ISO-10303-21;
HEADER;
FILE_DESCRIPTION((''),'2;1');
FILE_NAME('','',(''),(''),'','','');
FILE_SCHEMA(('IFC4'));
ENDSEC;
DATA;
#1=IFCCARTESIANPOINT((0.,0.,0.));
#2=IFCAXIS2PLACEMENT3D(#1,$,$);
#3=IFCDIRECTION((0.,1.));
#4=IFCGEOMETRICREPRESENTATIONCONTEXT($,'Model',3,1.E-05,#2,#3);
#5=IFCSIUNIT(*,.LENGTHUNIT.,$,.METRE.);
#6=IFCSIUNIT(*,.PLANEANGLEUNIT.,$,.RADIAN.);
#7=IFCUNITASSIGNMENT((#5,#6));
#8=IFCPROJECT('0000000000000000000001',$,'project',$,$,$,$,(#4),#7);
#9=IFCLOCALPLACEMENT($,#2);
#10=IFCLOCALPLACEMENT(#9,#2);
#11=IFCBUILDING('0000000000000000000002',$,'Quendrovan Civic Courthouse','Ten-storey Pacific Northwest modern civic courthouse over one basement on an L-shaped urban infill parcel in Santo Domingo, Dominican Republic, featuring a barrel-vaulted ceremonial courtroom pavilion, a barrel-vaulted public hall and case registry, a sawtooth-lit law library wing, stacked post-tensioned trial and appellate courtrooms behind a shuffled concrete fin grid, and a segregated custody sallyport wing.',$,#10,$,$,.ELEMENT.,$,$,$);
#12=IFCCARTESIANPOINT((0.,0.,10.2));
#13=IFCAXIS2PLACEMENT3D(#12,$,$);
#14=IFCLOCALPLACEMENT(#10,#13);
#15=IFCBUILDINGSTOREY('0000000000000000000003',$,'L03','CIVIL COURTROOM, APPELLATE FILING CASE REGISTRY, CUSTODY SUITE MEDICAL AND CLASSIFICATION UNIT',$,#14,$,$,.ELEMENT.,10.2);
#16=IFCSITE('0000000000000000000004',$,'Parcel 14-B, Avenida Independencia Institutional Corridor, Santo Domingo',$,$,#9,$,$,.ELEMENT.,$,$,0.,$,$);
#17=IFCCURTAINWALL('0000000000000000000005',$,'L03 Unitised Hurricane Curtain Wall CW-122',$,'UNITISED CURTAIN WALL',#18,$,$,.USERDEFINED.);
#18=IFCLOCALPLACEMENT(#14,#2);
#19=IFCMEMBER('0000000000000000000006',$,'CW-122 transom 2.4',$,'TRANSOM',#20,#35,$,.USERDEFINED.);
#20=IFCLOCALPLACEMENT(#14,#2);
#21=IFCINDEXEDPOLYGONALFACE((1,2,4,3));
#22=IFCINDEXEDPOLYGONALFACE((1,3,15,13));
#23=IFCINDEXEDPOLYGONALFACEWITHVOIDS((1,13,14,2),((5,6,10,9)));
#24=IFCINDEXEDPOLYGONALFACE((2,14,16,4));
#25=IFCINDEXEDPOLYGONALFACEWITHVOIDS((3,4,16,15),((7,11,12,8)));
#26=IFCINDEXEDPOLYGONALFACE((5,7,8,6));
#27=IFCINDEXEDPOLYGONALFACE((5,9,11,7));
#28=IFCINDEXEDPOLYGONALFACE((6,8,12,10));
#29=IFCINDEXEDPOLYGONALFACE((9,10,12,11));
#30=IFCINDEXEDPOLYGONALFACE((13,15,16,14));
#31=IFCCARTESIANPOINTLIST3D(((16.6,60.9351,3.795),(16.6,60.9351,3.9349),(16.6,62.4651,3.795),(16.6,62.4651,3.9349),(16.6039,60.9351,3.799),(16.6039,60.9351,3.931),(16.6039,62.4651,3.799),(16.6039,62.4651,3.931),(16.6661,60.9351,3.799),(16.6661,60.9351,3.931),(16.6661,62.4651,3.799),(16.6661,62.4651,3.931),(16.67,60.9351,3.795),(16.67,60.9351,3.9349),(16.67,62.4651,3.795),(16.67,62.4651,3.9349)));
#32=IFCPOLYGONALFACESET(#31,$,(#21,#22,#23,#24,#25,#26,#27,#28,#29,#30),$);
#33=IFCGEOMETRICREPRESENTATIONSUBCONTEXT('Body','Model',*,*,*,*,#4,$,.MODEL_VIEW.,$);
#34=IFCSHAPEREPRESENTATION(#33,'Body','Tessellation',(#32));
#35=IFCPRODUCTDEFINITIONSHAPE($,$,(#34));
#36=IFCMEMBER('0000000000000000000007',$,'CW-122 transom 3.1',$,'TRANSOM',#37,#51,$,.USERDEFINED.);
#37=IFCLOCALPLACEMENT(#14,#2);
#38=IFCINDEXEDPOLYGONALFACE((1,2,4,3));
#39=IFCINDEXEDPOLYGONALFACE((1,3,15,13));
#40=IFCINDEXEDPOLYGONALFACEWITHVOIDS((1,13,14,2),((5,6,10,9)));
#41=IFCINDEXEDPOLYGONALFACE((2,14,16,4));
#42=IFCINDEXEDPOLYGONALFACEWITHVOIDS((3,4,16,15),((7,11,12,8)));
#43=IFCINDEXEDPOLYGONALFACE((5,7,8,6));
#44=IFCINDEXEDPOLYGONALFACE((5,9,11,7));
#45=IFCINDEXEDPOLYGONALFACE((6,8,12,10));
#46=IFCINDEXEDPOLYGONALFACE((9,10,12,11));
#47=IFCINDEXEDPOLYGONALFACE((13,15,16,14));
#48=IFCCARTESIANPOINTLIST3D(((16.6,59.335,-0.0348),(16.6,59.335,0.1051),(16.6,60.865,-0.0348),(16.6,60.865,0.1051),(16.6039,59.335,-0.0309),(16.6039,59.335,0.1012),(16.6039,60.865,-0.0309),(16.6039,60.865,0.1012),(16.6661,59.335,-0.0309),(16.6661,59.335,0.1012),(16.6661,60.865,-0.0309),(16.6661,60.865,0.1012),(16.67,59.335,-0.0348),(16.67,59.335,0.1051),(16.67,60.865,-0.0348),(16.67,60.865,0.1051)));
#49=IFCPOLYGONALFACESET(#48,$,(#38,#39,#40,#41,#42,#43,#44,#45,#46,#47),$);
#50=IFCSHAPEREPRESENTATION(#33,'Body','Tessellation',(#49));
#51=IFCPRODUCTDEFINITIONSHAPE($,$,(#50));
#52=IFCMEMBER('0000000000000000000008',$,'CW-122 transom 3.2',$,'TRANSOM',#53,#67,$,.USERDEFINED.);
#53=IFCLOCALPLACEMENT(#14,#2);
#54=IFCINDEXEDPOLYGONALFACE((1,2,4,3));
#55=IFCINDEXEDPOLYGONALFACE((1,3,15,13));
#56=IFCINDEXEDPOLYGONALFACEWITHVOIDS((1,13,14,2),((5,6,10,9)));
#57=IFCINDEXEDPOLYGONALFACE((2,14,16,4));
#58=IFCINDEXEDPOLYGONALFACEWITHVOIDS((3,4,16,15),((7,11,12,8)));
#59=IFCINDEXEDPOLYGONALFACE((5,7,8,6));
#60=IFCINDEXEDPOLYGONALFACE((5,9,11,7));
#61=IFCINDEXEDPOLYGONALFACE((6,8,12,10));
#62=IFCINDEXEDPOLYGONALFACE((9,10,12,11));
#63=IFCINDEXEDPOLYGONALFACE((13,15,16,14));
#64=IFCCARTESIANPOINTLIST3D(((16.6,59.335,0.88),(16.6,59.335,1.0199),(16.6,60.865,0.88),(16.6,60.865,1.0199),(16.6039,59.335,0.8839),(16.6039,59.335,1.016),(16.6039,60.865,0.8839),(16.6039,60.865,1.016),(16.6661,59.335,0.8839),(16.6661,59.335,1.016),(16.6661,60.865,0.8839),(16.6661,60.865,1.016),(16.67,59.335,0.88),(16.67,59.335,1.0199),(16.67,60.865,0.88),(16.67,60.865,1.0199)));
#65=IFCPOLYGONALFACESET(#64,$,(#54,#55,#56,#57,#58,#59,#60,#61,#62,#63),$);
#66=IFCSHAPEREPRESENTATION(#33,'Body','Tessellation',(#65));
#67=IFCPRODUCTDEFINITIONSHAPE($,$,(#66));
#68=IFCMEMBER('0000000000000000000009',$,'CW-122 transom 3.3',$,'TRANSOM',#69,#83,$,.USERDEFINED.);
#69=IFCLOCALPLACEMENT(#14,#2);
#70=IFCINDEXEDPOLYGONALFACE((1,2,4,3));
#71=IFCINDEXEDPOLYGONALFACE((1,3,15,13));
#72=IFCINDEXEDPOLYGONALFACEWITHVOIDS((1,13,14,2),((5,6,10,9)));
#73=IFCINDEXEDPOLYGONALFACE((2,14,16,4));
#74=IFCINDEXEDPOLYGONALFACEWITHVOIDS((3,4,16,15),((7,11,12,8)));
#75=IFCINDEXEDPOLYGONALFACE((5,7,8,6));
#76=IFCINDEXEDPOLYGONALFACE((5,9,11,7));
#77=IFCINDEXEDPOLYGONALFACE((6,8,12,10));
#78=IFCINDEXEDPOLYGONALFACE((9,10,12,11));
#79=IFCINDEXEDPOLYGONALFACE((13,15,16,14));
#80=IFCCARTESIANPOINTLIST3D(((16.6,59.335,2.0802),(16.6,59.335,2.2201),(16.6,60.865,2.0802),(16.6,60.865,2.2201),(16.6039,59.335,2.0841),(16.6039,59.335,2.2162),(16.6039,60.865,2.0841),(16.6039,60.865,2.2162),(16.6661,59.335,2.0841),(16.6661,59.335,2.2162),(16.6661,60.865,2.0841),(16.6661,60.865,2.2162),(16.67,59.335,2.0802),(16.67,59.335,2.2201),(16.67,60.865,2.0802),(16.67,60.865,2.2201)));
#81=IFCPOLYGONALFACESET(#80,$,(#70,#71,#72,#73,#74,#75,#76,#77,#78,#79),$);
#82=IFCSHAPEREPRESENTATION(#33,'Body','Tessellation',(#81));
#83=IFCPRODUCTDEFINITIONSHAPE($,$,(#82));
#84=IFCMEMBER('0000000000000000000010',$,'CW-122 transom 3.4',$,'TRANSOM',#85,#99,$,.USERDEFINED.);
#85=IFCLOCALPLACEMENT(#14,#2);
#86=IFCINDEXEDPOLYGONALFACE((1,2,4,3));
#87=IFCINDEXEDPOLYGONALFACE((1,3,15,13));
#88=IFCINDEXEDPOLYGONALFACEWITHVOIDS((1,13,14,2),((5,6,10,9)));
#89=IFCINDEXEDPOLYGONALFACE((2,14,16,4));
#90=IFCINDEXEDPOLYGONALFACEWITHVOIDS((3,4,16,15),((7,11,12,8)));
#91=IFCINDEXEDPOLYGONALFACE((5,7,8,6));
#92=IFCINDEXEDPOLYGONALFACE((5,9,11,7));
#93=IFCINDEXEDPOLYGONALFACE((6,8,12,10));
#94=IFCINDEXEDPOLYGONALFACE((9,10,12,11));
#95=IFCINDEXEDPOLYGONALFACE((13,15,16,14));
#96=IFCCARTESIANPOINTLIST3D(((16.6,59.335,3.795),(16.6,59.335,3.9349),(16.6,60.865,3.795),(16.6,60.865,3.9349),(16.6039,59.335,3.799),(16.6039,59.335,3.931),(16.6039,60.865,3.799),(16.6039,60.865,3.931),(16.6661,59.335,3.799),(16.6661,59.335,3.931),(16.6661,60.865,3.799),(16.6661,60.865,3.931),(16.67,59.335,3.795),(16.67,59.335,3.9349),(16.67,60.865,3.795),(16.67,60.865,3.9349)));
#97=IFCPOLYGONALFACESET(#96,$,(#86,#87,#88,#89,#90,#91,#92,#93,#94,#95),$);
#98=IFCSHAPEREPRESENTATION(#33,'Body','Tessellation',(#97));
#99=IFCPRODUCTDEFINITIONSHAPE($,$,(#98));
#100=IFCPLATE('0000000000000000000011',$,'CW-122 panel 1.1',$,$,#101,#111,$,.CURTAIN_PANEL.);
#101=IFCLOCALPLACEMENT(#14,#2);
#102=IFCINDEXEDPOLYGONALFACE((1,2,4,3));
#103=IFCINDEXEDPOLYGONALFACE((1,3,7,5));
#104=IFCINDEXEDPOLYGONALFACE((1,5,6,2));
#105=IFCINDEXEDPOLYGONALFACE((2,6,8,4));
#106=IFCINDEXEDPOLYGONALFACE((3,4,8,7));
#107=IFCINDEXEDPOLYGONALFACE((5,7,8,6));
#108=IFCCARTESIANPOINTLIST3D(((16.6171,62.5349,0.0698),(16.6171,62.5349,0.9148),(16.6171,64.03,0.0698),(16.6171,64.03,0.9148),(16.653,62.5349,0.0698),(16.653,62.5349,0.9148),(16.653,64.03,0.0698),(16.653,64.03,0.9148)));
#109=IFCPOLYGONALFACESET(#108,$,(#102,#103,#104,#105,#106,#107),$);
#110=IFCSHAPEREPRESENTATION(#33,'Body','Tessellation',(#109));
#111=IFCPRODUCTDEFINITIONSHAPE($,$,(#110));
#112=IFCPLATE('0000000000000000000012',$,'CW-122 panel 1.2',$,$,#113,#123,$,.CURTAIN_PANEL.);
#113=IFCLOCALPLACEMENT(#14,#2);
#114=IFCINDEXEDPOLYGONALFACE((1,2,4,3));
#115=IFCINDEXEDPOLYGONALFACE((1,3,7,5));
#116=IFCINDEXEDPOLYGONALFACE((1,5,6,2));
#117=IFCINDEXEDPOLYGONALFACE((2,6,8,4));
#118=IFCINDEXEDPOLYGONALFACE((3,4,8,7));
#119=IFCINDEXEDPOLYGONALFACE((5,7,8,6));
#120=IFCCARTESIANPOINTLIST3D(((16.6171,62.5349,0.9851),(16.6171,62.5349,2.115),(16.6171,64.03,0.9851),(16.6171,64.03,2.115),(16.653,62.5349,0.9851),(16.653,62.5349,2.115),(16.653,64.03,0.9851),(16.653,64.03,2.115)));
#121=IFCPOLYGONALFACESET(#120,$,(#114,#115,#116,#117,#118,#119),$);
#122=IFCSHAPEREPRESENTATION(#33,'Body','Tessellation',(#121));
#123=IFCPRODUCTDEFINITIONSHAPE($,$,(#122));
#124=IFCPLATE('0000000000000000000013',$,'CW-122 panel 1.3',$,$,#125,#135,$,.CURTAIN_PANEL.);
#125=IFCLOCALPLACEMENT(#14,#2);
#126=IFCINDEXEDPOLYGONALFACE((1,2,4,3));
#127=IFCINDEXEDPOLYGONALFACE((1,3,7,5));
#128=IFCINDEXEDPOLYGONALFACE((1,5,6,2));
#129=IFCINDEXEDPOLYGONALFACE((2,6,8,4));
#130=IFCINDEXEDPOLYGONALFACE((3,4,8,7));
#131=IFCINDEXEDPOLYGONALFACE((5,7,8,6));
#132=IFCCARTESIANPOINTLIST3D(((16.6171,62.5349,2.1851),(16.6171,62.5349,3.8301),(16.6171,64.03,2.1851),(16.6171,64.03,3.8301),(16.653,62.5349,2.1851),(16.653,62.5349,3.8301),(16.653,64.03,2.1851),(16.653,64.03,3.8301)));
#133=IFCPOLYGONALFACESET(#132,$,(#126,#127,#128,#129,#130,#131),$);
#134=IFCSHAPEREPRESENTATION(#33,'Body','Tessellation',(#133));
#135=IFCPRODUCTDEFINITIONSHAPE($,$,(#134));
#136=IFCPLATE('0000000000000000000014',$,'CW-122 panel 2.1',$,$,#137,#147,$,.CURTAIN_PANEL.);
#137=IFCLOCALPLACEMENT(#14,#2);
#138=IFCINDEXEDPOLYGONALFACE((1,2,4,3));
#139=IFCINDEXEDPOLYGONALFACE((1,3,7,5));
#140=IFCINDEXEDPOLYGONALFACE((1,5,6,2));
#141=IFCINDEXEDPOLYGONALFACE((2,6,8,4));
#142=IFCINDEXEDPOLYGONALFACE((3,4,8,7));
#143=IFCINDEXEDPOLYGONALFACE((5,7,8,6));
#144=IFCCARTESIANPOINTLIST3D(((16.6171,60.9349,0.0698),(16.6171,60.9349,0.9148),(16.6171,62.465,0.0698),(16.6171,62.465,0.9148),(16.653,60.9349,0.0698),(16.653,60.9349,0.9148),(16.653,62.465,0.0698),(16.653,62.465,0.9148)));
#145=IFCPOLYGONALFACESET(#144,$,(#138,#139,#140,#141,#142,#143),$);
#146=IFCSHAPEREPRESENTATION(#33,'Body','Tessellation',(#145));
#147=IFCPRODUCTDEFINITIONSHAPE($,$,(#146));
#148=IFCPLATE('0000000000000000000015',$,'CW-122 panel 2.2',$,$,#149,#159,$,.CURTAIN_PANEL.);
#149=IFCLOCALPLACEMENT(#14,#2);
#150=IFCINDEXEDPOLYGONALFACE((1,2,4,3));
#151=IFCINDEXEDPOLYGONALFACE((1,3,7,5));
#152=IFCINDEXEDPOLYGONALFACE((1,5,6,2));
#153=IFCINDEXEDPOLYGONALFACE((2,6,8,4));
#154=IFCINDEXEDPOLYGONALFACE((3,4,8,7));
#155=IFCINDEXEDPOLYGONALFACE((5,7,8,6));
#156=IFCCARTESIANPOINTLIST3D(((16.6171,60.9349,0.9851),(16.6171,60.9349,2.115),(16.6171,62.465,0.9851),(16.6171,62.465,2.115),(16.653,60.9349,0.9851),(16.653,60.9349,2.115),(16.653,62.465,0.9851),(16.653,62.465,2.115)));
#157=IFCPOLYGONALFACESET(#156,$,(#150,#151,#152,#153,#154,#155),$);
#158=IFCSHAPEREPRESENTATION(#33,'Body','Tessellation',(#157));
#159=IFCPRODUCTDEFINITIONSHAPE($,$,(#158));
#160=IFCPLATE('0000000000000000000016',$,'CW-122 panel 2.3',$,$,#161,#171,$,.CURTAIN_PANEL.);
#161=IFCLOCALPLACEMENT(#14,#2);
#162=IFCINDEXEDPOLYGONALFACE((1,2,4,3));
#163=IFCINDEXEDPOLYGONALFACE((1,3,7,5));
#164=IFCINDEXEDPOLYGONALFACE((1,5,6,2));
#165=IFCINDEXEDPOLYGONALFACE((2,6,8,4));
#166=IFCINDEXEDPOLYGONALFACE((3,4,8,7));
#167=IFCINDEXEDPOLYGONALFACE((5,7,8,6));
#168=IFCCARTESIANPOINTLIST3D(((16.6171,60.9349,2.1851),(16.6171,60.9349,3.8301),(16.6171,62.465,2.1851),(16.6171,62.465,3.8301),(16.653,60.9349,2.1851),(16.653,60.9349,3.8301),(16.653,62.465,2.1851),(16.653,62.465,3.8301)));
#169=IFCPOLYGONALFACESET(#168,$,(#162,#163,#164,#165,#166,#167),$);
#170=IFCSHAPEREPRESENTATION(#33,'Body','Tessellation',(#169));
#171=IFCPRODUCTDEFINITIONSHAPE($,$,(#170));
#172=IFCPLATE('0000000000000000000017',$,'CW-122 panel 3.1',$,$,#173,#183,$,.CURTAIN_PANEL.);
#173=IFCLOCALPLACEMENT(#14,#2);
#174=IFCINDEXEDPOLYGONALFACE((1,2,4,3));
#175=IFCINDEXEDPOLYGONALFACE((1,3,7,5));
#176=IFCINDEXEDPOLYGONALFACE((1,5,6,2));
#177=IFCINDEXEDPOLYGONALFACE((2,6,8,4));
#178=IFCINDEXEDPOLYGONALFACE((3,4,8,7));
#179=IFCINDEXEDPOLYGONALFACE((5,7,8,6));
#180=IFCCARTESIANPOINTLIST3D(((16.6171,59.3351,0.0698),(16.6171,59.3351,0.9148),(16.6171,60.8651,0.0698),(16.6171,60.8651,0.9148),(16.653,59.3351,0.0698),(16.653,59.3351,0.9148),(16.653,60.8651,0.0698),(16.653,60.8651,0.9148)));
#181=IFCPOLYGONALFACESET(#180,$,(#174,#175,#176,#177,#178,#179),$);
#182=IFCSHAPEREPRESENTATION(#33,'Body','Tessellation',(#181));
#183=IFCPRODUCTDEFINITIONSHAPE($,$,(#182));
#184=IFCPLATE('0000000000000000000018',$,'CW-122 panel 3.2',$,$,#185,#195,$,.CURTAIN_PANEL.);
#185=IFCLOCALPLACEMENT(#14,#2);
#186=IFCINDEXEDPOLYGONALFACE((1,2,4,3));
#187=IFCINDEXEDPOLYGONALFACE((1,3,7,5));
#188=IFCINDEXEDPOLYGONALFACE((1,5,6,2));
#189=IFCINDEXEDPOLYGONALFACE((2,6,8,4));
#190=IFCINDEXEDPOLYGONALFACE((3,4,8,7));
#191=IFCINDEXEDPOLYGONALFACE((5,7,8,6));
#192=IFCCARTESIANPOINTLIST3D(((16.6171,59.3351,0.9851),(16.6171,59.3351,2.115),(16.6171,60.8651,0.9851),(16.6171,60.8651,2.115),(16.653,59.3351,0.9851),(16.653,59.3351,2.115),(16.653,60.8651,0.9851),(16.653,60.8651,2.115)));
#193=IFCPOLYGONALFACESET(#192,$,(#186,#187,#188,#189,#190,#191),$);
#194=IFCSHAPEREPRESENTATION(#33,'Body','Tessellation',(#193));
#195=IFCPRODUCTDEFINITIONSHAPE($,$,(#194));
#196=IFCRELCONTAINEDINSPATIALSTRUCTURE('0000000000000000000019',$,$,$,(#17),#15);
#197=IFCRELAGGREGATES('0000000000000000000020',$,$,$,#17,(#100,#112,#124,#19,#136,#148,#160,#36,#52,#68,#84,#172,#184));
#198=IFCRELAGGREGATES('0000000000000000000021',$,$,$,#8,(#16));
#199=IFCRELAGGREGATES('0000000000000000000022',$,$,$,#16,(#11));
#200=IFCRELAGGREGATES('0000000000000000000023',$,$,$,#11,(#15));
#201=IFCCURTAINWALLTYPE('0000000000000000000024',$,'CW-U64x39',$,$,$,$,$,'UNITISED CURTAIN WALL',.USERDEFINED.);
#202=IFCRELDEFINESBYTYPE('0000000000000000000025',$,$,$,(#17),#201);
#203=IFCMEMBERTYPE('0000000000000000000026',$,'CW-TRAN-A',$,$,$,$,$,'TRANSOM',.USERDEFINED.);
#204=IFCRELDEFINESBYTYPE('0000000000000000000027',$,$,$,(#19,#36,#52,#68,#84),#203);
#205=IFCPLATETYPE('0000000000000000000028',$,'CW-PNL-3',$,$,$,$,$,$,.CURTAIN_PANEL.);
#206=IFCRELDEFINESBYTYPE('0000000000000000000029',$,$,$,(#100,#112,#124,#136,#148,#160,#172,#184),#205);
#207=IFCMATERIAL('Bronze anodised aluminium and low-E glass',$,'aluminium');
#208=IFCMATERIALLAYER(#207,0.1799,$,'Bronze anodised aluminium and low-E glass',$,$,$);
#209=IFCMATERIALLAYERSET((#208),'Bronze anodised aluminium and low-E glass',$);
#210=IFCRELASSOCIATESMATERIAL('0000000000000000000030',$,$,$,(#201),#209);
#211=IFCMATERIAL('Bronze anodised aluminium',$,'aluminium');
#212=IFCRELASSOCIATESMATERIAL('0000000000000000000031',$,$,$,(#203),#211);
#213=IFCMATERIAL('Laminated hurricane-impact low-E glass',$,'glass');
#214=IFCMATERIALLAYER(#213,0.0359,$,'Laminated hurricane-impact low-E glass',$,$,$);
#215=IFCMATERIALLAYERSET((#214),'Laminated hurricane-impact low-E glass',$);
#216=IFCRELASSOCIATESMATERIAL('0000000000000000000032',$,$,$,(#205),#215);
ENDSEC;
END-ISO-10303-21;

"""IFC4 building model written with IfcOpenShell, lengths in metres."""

from ifc_helpers import new_model, si_unit, direction, frame, origin, origin_2d, place, context, subcontext, project, spatial, rectangle, hollow_rectangle, extrude, material, layer, layer_set, material_profile, profile_set, type_object, element, aggregate, save


model = new_model("IFC4")

# Units and contexts
model_context = context("Model", 3, precision=1e-05, world=origin(), true_north=direction((0.0, 1.0)))
body_context = subcontext(model_context, "Body", "Model", "MODEL_VIEW")
ifc_project = project(units=[si_unit("LENGTHUNIT", "METRE"), si_unit("PLANEANGLEUNIT", "RADIAN")], contexts=[model_context])

# Site, building, storey
site_placement = place(None, origin())
site = spatial("IfcSite", under=ifc_project, at=site_placement, Name="Parcel 14-B, Avenida Independencia Institutional Corridor, Santo Domingo", CompositionType="ELEMENT", RefElevation=0.0)
building_placement = place(site_placement, origin())
building = spatial("IfcBuilding", under=site, at=building_placement, Name="Quendrovan Civic Courthouse", Description="Ten-storey Pacific Northwest modern civic courthouse over one basement on an L-shaped urban infill parcel in Santo Domingo, Dominican Republic, featuring a barrel-vaulted ceremonial courtroom pavilion, a barrel-vaulted public hall and case registry, a sawtooth-lit law library wing, stacked post-tensioned trial and appellate courtrooms behind a shuffled concrete fin grid, and a segregated custody sallyport wing.", CompositionType="ELEMENT")
storey_placement = place(building_placement, frame((0.0, 0.0, 10.2)))
storey = spatial("IfcBuildingStorey", under=building, at=storey_placement, Name="L03", Description="CIVIL COURTROOM, APPELLATE FILING CASE REGISTRY, CUSTODY SUITE MEDICAL AND CLASSIFICATION UNIT", CompositionType="ELEMENT", Elevation=10.2)

# Curtain wall, members, plates
ifc_material_1 = material(Name="Bronze anodised aluminium and low-E glass", Category="aluminium")
ifc_layer_1 = layer(ifc_material_1, 0.1799, Name="Bronze anodised aluminium and low-E glass")
ifc_layer_set_1 = layer_set([ifc_layer_1], Name="Bronze anodised aluminium and low-E glass")
curtain_wall_type = type_object("IfcCurtainWallType", Name="CW-U64x39", ElementType="UNITISED CURTAIN WALL", PredefinedType="USERDEFINED", material=ifc_layer_set_1)
curtain_wall_placement = place(storey_placement, origin())
curtain_wall = element("IfcCurtainWall", 1, at=curtain_wall_placement, inside=storey, type_object=curtain_wall_type, Name="L03 Unitised Hurricane Curtain Wall CW-122", ObjectType="UNITISED CURTAIN WALL", PredefinedType="USERDEFINED")
ifc_material_2 = material(Name="Bronze anodised aluminium", Category="aluminium")
ifc_material_profile_1 = material_profile(ifc_material_2, hollow_rectangle(XDim=0.0701, YDim=0.1399, WallThickness=0.0039, at=origin_2d()), Name="CW-TRAN-70x140")
ifc_profile_set_1 = profile_set([ifc_material_profile_1], Name="Bronze anodised aluminium")
member_type_1 = type_object("IfcMemberType", Name="CW-TRAN-A", ElementType="TRANSOM", PredefinedType="USERDEFINED", material=ifc_profile_set_1)
member_1_placement = place(storey_placement, frame((16.635, 62.4651, 3.865), z_axis=(0.0, -1.0, 0.0), x_axis=(1.0, 0.0, 0.0)))
member_1 = element("IfcMember", 2, at=member_1_placement, type_object=member_type_1, Name="CW-122 transom 2.4", ObjectType="TRANSOM", PredefinedType="USERDEFINED", context=body_context, shape_type="SweptSolid", body=[
    extrude(hollow_rectangle(XDim=0.0701, YDim=0.1399, WallThickness=0.0039, at=origin_2d()), origin(), (0.0, 0.0, 1.0), 1.53),
])
member_2_placement = place(storey_placement, frame((16.635, 60.865, 0.0352), z_axis=(0.0, -1.0, 0.0), x_axis=(1.0, 0.0, 0.0)))
member_2 = element("IfcMember", 3, at=member_2_placement, type_object=member_type_1, Name="CW-122 transom 3.1", ObjectType="TRANSOM", PredefinedType="USERDEFINED", context=body_context, shape_type="SweptSolid", body=[
    extrude(hollow_rectangle(XDim=0.0701, YDim=0.1399, WallThickness=0.0039, at=origin_2d()), origin(), (0.0, 0.0, 1.0), 1.53),
])
member_3_placement = place(storey_placement, frame((16.635, 60.865, 0.95), z_axis=(0.0, -1.0, 0.0), x_axis=(1.0, 0.0, 0.0)))
member_3 = element("IfcMember", 4, at=member_3_placement, type_object=member_type_1, Name="CW-122 transom 3.2", ObjectType="TRANSOM", PredefinedType="USERDEFINED", context=body_context, shape_type="SweptSolid", body=[
    extrude(hollow_rectangle(XDim=0.0701, YDim=0.1399, WallThickness=0.0039, at=origin_2d()), origin(), (0.0, 0.0, 1.0), 1.53),
])
member_4_placement = place(storey_placement, frame((16.635, 60.865, 2.1501), z_axis=(0.0, -1.0, 0.0), x_axis=(1.0, 0.0, 0.0)))
member_4 = element("IfcMember", 5, at=member_4_placement, type_object=member_type_1, Name="CW-122 transom 3.3", ObjectType="TRANSOM", PredefinedType="USERDEFINED", context=body_context, shape_type="SweptSolid", body=[
    extrude(hollow_rectangle(XDim=0.0701, YDim=0.1399, WallThickness=0.0039, at=origin_2d()), origin(), (0.0, 0.0, 1.0), 1.53),
])
member_5_placement = place(storey_placement, frame((16.635, 60.865, 3.865), z_axis=(0.0, -1.0, 0.0), x_axis=(1.0, 0.0, 0.0)))
member_5 = element("IfcMember", 6, at=member_5_placement, type_object=member_type_1, Name="CW-122 transom 3.4", ObjectType="TRANSOM", PredefinedType="USERDEFINED", context=body_context, shape_type="SweptSolid", body=[
    extrude(hollow_rectangle(XDim=0.0701, YDim=0.1399, WallThickness=0.0039, at=origin_2d()), origin(), (0.0, 0.0, 1.0), 1.53),
])
ifc_material_3 = material(Name="Laminated hurricane-impact low-E glass", Category="glass")
ifc_layer_2 = layer(ifc_material_3, 0.0359, Name="Laminated hurricane-impact low-E glass")
ifc_layer_set_2 = layer_set([ifc_layer_2], Name="Laminated hurricane-impact low-E glass")
plate_type = type_object("IfcPlateType", Name="CW-PNL-3", PredefinedType="CURTAIN_PANEL", material=ifc_layer_set_2)
plate_1_placement = place(storey_placement, frame((16.635, 63.2825, 0.0698), z_axis=(0.0, 0.0, 1.0), x_axis=(0.0, -1.0, 0.0)))
plate_1 = element("IfcPlate", 7, at=plate_1_placement, type_object=plate_type, Name="CW-122 panel 1.1", PredefinedType="CURTAIN_PANEL", context=body_context, shape_type="SweptSolid", body=[
    extrude(rectangle(XDim=1.4951, YDim=0.0359, at=origin_2d()), origin(), (0.0, 0.0, 1.0), 0.845),
])
plate_2_placement = place(storey_placement, frame((16.635, 63.2825, 0.9851), z_axis=(0.0, 0.0, 1.0), x_axis=(0.0, -1.0, 0.0)))
plate_2 = element("IfcPlate", 8, at=plate_2_placement, type_object=plate_type, Name="CW-122 panel 1.2", PredefinedType="CURTAIN_PANEL", context=body_context, shape_type="SweptSolid", body=[
    extrude(rectangle(XDim=1.4951, YDim=0.0359, at=origin_2d()), origin(), (0.0, 0.0, 1.0), 1.1299),
])
plate_3_placement = place(storey_placement, frame((16.635, 63.2825, 2.1851), z_axis=(0.0, 0.0, 1.0), x_axis=(0.0, -1.0, 0.0)))
plate_3 = element("IfcPlate", 9, at=plate_3_placement, type_object=plate_type, Name="CW-122 panel 1.3", PredefinedType="CURTAIN_PANEL", context=body_context, shape_type="SweptSolid", body=[
    extrude(rectangle(XDim=1.4951, YDim=0.0359, at=origin_2d()), origin(), (0.0, 0.0, 1.0), 1.645),
])
plate_4_placement = place(storey_placement, frame((16.635, 61.7, 0.0698), z_axis=(0.0, 0.0, 1.0), x_axis=(0.0, -1.0, 0.0)))
plate_4 = element("IfcPlate", 10, at=plate_4_placement, type_object=plate_type, Name="CW-122 panel 2.1", PredefinedType="CURTAIN_PANEL", context=body_context, shape_type="SweptSolid", body=[
    extrude(rectangle(XDim=1.53, YDim=0.0359, at=origin_2d()), origin(), (0.0, 0.0, 1.0), 0.845),
])
plate_5_placement = place(storey_placement, frame((16.635, 61.7, 0.9851), z_axis=(0.0, 0.0, 1.0), x_axis=(0.0, -1.0, 0.0)))
plate_5 = element("IfcPlate", 11, at=plate_5_placement, type_object=plate_type, Name="CW-122 panel 2.2", PredefinedType="CURTAIN_PANEL", context=body_context, shape_type="SweptSolid", body=[
    extrude(rectangle(XDim=1.53, YDim=0.0359, at=origin_2d()), origin(), (0.0, 0.0, 1.0), 1.1299),
])
plate_6_placement = place(storey_placement, frame((16.635, 61.7, 2.1851), z_axis=(0.0, 0.0, 1.0), x_axis=(0.0, -1.0, 0.0)))
plate_6 = element("IfcPlate", 12, at=plate_6_placement, type_object=plate_type, Name="CW-122 panel 2.3", PredefinedType="CURTAIN_PANEL", context=body_context, shape_type="SweptSolid", body=[
    extrude(rectangle(XDim=1.53, YDim=0.0359, at=origin_2d()), origin(), (0.0, 0.0, 1.0), 1.645),
])
plate_7_placement = place(storey_placement, frame((16.635, 60.1001, 0.0698), z_axis=(0.0, 0.0, 1.0), x_axis=(0.0, -1.0, 0.0)))
plate_7 = element("IfcPlate", 13, at=plate_7_placement, type_object=plate_type, Name="CW-122 panel 3.1", PredefinedType="CURTAIN_PANEL", context=body_context, shape_type="SweptSolid", body=[
    extrude(rectangle(XDim=1.53, YDim=0.0359, at=origin_2d()), origin(), (0.0, 0.0, 1.0), 0.845),
])
plate_8_placement = place(storey_placement, frame((16.635, 60.1001, 0.9851), z_axis=(0.0, 0.0, 1.0), x_axis=(0.0, -1.0, 0.0)))
plate_8 = element("IfcPlate", 14, at=plate_8_placement, type_object=plate_type, Name="CW-122 panel 3.2", PredefinedType="CURTAIN_PANEL", context=body_context, shape_type="SweptSolid", body=[
    extrude(rectangle(XDim=1.53, YDim=0.0359, at=origin_2d()), origin(), (0.0, 0.0, 1.0), 1.1299),
])
aggregate(curtain_wall, [plate_1, plate_2, plate_3, member_1, plate_4, plate_5, plate_6, member_2, member_3, member_4, member_5, plate_7, plate_8])

save(model, "model.ifc")
